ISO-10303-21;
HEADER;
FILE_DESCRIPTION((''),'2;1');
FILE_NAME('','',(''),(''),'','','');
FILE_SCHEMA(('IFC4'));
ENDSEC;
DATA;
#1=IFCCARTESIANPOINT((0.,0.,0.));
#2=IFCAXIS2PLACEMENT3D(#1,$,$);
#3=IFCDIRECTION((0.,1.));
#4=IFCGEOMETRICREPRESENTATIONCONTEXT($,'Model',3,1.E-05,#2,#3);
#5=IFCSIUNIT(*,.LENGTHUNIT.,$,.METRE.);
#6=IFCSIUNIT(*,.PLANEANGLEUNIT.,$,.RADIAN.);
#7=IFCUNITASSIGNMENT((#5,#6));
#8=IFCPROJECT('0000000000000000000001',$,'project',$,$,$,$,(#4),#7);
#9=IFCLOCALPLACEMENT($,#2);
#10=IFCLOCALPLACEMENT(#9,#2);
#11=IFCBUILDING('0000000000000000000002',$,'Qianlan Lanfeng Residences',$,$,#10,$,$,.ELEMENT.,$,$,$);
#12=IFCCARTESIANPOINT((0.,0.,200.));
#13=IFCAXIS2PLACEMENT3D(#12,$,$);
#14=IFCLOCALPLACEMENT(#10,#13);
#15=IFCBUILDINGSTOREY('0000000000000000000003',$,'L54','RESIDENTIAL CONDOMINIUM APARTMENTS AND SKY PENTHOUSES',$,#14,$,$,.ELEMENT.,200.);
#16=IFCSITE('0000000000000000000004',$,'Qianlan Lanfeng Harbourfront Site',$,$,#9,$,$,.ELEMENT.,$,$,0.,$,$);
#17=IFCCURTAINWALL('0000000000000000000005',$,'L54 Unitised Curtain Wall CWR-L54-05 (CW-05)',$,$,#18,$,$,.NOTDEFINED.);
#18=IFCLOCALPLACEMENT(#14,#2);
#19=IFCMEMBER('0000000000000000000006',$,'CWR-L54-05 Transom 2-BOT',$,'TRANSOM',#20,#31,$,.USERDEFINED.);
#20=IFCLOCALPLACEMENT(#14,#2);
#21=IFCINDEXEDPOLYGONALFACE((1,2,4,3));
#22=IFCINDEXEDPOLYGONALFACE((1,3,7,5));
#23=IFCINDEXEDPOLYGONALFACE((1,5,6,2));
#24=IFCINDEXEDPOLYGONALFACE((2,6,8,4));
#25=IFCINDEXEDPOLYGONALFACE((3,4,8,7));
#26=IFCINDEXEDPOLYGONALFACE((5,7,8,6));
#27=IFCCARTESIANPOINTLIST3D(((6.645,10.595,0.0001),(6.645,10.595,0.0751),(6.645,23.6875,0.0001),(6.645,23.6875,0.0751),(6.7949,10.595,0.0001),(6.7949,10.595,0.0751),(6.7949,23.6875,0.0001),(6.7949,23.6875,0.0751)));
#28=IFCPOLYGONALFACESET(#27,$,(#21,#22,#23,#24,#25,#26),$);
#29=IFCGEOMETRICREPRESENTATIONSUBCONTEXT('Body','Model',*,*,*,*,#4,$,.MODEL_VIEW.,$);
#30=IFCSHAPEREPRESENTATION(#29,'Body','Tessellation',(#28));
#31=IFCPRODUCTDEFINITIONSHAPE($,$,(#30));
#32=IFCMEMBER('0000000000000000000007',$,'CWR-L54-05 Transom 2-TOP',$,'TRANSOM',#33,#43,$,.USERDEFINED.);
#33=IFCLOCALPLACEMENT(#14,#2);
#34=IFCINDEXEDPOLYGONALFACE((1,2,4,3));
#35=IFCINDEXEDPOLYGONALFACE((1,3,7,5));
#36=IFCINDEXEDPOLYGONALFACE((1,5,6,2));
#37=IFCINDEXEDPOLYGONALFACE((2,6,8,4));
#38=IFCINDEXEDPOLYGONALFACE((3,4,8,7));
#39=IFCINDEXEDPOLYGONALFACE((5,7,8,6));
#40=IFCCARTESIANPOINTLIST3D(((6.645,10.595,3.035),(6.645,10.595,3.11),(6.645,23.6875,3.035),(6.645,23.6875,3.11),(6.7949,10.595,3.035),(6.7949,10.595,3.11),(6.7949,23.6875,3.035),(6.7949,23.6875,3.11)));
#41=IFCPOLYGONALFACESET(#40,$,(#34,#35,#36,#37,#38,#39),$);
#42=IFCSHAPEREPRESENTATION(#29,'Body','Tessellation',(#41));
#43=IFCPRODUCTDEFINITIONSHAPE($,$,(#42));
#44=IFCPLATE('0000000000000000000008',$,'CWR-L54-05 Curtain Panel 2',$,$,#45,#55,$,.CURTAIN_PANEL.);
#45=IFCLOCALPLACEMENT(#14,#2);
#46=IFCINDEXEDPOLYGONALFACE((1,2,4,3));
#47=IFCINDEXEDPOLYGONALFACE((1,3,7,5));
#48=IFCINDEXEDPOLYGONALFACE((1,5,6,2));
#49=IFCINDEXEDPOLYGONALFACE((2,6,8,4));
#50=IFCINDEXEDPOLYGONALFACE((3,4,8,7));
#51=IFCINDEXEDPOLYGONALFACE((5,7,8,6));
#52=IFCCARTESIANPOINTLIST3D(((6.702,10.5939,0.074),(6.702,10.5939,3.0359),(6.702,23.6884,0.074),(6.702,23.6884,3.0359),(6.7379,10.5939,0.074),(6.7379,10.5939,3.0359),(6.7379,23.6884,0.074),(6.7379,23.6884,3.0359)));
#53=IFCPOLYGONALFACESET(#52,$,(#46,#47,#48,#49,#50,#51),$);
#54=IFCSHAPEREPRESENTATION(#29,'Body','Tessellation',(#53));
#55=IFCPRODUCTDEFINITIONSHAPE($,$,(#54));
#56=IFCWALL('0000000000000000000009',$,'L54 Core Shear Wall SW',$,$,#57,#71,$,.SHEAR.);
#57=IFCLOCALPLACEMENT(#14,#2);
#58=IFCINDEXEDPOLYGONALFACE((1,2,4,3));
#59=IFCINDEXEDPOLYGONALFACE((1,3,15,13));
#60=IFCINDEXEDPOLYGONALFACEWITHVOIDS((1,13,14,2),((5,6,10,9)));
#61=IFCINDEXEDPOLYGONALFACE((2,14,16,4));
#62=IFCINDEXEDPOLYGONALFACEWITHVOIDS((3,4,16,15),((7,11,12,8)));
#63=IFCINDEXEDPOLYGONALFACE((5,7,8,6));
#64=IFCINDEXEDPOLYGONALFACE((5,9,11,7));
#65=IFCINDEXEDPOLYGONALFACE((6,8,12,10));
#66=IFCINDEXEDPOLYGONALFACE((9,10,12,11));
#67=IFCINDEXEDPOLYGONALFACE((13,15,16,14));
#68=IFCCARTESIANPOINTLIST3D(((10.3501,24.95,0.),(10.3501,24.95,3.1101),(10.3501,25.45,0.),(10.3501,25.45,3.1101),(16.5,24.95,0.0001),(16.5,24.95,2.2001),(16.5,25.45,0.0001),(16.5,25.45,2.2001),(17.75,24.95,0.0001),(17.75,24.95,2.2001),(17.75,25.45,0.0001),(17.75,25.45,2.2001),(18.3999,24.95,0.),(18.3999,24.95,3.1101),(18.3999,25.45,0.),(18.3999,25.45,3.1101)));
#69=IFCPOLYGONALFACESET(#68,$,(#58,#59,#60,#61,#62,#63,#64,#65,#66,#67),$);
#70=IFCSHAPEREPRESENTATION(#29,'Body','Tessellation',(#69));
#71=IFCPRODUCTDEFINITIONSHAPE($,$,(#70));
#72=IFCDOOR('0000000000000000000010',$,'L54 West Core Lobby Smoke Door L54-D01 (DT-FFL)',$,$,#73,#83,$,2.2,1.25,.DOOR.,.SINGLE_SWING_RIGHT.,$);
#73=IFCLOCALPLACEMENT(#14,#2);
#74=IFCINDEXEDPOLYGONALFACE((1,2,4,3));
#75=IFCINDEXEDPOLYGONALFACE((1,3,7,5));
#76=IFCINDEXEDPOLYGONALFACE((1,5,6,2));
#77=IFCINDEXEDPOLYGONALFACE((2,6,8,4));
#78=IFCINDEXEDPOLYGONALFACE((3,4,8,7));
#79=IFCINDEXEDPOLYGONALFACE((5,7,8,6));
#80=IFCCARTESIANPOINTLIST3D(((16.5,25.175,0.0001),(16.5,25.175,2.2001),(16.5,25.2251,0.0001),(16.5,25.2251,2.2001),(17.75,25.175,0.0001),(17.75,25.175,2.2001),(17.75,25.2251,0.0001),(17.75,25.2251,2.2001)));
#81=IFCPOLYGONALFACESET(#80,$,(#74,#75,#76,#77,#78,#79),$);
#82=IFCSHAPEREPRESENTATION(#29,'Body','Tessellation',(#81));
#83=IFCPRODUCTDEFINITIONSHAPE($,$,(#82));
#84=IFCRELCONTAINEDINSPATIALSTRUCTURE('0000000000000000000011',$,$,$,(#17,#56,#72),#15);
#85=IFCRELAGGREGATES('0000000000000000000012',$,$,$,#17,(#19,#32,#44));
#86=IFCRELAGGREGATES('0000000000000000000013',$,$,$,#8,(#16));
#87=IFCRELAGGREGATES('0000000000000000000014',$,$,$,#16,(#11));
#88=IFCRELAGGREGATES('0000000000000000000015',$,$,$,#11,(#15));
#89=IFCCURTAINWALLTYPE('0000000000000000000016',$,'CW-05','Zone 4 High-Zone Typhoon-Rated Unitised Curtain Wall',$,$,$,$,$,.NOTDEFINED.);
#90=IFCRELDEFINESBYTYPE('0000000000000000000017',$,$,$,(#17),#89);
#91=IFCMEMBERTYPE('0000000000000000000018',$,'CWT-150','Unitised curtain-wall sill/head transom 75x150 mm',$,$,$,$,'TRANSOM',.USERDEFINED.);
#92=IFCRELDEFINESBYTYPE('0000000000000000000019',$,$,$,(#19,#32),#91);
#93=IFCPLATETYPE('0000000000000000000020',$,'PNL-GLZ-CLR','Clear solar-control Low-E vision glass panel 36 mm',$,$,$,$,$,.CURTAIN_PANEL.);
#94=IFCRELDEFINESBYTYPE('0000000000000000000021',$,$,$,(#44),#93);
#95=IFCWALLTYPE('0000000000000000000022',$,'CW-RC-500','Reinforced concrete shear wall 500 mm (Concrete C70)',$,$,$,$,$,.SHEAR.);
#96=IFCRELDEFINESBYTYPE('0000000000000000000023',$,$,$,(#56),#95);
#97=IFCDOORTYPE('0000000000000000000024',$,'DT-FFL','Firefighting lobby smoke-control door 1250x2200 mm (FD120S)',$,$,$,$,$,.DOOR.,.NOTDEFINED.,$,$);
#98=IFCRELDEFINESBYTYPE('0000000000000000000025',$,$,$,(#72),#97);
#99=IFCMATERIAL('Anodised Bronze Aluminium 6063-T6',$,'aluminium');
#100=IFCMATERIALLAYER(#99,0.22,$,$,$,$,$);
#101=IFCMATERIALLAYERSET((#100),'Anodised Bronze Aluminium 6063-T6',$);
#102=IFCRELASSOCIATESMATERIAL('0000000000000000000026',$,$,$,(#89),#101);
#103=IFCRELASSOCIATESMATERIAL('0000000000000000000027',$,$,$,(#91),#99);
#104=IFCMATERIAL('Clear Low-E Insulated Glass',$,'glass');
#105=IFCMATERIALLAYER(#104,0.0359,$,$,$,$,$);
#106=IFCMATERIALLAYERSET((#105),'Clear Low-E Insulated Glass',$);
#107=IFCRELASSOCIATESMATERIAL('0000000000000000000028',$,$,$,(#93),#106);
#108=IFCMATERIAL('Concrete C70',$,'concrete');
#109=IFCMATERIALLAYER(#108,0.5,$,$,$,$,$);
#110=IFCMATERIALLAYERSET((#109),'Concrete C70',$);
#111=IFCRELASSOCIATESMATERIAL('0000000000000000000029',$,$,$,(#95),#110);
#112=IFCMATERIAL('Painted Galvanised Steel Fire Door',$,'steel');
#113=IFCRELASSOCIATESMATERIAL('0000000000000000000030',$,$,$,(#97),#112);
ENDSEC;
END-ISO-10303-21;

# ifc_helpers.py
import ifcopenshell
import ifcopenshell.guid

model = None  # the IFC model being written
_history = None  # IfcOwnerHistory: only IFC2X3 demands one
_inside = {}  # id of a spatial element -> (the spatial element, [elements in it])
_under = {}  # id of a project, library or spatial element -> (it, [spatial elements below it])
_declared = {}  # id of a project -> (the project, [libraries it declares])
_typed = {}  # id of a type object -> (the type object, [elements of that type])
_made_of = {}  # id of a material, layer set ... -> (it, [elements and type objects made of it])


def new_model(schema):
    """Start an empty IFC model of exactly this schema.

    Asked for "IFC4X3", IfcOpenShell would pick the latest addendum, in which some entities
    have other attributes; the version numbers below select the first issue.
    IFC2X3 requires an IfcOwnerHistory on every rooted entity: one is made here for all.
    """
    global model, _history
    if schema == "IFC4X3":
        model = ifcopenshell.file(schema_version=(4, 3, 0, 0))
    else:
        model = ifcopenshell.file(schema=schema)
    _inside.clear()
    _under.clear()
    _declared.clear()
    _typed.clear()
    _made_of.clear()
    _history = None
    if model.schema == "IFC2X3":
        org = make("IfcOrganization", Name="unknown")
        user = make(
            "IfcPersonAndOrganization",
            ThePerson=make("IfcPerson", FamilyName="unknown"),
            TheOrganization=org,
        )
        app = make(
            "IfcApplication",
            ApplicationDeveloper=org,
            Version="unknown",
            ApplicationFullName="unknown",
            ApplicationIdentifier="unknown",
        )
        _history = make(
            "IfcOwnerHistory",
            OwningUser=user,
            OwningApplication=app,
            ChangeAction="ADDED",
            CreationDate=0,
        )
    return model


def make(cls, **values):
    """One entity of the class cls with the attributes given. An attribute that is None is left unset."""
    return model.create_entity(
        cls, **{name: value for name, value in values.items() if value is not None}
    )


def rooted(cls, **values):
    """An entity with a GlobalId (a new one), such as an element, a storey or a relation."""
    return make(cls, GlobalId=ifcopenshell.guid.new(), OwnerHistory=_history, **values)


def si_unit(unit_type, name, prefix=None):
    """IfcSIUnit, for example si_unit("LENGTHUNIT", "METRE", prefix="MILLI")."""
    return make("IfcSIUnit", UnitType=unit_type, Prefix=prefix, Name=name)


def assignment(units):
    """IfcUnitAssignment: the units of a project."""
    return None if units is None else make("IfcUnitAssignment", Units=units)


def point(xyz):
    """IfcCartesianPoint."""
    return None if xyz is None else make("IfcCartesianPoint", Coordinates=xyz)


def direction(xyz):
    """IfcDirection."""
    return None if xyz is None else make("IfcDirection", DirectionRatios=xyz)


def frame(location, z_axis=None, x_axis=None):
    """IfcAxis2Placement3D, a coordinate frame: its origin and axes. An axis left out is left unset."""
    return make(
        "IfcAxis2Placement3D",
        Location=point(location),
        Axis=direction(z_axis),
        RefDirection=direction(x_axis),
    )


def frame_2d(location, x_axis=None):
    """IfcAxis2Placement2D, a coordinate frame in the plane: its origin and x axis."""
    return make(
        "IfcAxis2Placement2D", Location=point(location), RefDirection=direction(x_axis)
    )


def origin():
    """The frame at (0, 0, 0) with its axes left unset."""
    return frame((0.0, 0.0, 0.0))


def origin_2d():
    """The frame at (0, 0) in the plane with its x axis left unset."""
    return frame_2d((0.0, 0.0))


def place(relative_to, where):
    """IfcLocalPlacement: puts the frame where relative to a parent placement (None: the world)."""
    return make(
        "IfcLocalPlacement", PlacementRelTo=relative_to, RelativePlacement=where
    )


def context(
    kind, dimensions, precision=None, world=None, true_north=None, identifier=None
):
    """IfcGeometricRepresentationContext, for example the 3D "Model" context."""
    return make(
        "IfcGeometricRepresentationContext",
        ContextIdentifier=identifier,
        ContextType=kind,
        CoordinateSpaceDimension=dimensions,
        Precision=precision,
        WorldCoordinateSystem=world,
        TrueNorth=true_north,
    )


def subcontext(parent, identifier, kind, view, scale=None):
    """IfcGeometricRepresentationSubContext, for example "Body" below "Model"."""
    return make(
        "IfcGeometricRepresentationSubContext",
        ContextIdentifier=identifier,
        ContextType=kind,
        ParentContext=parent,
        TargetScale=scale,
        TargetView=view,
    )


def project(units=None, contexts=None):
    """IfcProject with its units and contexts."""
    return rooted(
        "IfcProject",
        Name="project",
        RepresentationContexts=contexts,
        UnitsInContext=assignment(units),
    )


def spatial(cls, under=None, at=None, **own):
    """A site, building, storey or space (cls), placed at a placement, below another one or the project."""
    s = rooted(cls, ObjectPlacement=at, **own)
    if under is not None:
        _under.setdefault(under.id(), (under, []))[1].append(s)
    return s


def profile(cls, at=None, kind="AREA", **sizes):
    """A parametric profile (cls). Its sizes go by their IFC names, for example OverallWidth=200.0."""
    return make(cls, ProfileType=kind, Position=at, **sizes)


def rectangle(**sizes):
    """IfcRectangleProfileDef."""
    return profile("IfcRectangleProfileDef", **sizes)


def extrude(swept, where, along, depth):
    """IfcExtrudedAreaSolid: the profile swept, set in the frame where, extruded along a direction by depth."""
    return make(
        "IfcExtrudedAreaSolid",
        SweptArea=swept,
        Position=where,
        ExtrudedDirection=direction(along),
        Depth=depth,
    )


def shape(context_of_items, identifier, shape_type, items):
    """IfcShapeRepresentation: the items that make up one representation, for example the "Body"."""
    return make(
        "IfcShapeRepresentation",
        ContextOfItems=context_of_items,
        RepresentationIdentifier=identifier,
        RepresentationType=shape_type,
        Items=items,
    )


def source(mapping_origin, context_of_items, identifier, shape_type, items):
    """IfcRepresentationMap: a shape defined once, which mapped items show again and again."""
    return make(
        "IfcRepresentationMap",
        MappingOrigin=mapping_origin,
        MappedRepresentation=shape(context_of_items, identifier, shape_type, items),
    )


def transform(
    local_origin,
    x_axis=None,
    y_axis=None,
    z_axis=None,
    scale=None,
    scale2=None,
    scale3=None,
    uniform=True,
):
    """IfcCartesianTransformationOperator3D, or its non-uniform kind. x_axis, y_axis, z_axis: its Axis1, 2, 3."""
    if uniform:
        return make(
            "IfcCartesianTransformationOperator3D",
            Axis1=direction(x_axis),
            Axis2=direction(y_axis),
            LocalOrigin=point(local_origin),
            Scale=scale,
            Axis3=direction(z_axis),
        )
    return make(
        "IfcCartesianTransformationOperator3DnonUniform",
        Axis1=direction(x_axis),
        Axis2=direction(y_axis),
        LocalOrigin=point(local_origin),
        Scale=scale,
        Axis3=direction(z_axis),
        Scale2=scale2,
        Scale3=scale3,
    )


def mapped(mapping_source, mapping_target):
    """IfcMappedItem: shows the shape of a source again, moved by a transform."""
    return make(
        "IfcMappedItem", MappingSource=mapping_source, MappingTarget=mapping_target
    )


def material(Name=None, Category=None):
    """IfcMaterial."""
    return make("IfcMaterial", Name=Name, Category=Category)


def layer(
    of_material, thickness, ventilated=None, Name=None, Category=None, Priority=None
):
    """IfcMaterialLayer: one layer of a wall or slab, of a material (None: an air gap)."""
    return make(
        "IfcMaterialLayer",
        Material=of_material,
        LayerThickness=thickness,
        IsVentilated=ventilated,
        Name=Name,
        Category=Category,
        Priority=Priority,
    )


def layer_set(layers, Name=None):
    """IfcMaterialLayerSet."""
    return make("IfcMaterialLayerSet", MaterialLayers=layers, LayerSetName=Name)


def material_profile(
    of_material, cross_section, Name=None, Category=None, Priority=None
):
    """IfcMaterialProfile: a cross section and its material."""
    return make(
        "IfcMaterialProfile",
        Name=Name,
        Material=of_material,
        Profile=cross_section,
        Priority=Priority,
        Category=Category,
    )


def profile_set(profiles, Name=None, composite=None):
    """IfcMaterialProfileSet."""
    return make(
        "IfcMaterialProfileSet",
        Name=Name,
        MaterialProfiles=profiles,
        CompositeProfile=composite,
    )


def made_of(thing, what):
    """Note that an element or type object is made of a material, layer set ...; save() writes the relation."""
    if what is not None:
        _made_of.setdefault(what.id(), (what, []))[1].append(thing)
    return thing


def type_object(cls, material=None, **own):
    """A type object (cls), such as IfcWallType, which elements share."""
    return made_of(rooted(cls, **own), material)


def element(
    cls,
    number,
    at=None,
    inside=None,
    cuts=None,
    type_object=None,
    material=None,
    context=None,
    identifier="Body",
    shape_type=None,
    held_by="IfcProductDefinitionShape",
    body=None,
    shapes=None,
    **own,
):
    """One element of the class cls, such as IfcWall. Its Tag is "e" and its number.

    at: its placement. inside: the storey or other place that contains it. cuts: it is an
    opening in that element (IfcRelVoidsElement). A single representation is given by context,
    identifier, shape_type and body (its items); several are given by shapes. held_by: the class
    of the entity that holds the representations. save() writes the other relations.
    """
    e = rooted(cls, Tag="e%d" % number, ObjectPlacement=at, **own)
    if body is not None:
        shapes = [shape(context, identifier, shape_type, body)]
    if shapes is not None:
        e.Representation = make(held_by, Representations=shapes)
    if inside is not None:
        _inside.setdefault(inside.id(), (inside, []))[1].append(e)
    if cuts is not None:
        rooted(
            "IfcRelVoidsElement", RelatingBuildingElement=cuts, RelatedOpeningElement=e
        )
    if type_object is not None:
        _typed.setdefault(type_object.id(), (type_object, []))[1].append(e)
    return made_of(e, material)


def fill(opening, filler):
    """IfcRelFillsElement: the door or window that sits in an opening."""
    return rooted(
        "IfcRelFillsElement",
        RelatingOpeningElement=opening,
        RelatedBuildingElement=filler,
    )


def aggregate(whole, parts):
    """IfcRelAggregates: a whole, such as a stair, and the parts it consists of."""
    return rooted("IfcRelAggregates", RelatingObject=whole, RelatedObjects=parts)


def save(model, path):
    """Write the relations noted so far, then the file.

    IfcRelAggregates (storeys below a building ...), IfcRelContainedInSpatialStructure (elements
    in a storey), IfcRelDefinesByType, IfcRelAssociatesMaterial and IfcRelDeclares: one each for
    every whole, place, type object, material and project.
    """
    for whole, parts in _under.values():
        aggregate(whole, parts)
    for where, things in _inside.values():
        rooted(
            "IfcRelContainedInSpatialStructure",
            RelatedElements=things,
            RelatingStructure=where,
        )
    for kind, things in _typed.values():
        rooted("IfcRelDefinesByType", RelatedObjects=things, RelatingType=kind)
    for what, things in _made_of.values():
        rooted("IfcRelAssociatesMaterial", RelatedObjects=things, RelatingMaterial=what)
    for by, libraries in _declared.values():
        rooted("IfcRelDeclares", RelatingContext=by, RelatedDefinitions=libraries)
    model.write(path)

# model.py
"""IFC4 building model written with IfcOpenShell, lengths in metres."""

from ifc_helpers import new_model, si_unit, direction, frame, frame_2d, origin, origin_2d, place, context, subcontext, project, spatial, rectangle, extrude, source, transform, mapped, material, layer, layer_set, material_profile, profile_set, type_object, element, fill, aggregate, save


model = new_model("IFC4")

# Units and contexts
model_context = context("Model", 3, precision=1e-05, world=origin(), true_north=direction((0.0, 1.0)))
body_context = subcontext(model_context, "Body", "Model", "MODEL_VIEW")
ifc_project = project(units=[si_unit("LENGTHUNIT", "METRE"), si_unit("PLANEANGLEUNIT", "RADIAN")], contexts=[model_context])

# Site, building, storey
site_placement = place(None, origin())
site = spatial("IfcSite", under=ifc_project, at=site_placement, Name="Qianlan Lanfeng Harbourfront Site", CompositionType="ELEMENT", RefElevation=0.0)
building_placement = place(site_placement, origin())
building = spatial("IfcBuilding", under=site, at=building_placement, Name="Qianlan Lanfeng Residences", CompositionType="ELEMENT")
storey_placement = place(building_placement, frame((0.0, 0.0, 200.0)))
storey = spatial("IfcBuildingStorey", under=building, at=storey_placement, Name="L54", Description="RESIDENTIAL CONDOMINIUM APARTMENTS AND SKY PENTHOUSES", CompositionType="ELEMENT", Elevation=200.0)

# Curtain wall, members, plate
ifc_material_1 = material(Name="Anodised Bronze Aluminium 6063-T6", Category="aluminium")
ifc_layer_1 = layer(ifc_material_1, 0.22)
ifc_layer_set_1 = layer_set([ifc_layer_1], Name="Anodised Bronze Aluminium 6063-T6")
curtain_wall_type = type_object("IfcCurtainWallType", Name="CW-05", Description="Zone 4 High-Zone Typhoon-Rated Unitised Curtain Wall", PredefinedType="NOTDEFINED", material=ifc_layer_set_1)
curtain_wall_placement = place(storey_placement, origin())
curtain_wall = element("IfcCurtainWall", 1, at=curtain_wall_placement, inside=storey, type_object=curtain_wall_type, Name="L54 Unitised Curtain Wall CWR-L54-05 (CW-05)", PredefinedType="NOTDEFINED")
ifc_material_profile_1 = material_profile(ifc_material_1, rectangle(XDim=0.075, YDim=0.1499, at=origin_2d()), Name="ALU TRANSOM 75x150")
ifc_profile_set_1 = profile_set([ifc_material_profile_1], Name="Anodised Bronze Aluminium 6063-T6")
member_type_1 = type_object("IfcMemberType", Name="CWT-150", Description="Unitised curtain-wall sill/head transom 75x150 mm", ElementType="TRANSOM", PredefinedType="USERDEFINED", material=ifc_profile_set_1)
shared_shape_1 = source(origin(), body_context, "Body", "SweptSolid", [
    extrude(rectangle(XDim=0.075, YDim=0.1499, at=origin_2d()), origin(), (0.0, 0.0, 1.0), 13.0925),
])
member_1_placement = place(storey_placement, frame((6.72, 23.6875, 0.0376), z_axis=(0.0, -1.0, 0.0), x_axis=(0.0, 0.0, 1.0)))
member_1 = element("IfcMember", 2, at=member_1_placement, type_object=member_type_1, Name="CWR-L54-05 Transom 2-BOT", ObjectType="TRANSOM", PredefinedType="USERDEFINED", context=body_context, shape_type="MappedRepresentation", body=[
    mapped(shared_shape_1, transform((0.0, 0.0, 0.0), scale=1.0)),
])
member_2_placement = place(storey_placement, frame((6.72, 23.6875, 3.0725), z_axis=(0.0, -1.0, 0.0), x_axis=(0.0, 0.0, 1.0)))
member_2 = element("IfcMember", 3, at=member_2_placement, type_object=member_type_1, Name="CWR-L54-05 Transom 2-TOP", ObjectType="TRANSOM", PredefinedType="USERDEFINED", context=body_context, shape_type="MappedRepresentation", body=[
    mapped(shared_shape_1, transform((0.0, 0.0, 0.0), scale=1.0)),
])
ifc_material_2 = material(Name="Clear Low-E Insulated Glass", Category="glass")
ifc_layer_2 = layer(ifc_material_2, 0.0359)
ifc_layer_set_2 = layer_set([ifc_layer_2], Name="Clear Low-E Insulated Glass")
plate_type = type_object("IfcPlateType", Name="PNL-GLZ-CLR", Description="Clear solar-control Low-E vision glass panel 36 mm", PredefinedType="CURTAIN_PANEL", material=ifc_layer_set_2)
shared_shape_2 = source(origin(), body_context, "Body", "SweptSolid", [
    extrude(rectangle(XDim=13.0945, YDim=0.0359, at=origin_2d()), origin(), (0.0, 0.0, 1.0), 2.9619),
])
plate_placement = place(storey_placement, frame((6.72, 17.1411, 0.074), z_axis=(0.0, 0.0, 1.0), x_axis=(0.0, -1.0, 0.0)))
plate = element("IfcPlate", 4, at=plate_placement, type_object=plate_type, Name="CWR-L54-05 Curtain Panel 2", PredefinedType="CURTAIN_PANEL", context=body_context, shape_type="MappedRepresentation", body=[
    mapped(shared_shape_2, transform((0.0, 0.0, 0.0), scale=1.0)),
])
aggregate(curtain_wall, [member_1, member_2, plate])

# Wall, opening, door
ifc_material_3 = material(Name="Concrete C70", Category="concrete")
ifc_layer_3 = layer(ifc_material_3, 0.5)
ifc_layer_set_3 = layer_set([ifc_layer_3], Name="Concrete C70")
wall_type_1 = type_object("IfcWallType", Name="CW-RC-500", Description="Reinforced concrete shear wall 500 mm (Concrete C70)", PredefinedType="SHEAR", material=ifc_layer_set_3)
wall_1_placement = place(storey_placement, frame((10.3501, 25.2, 0.0), z_axis=(0.0, 0.0, 1.0), x_axis=(1.0, 0.0, 0.0)))
wall_1 = element("IfcWall", 5, at=wall_1_placement, inside=storey, type_object=wall_type_1, Name="L54 Core Shear Wall SW", PredefinedType="SHEAR", context=body_context, shape_type="SweptSolid", body=[
    extrude(rectangle(XDim=8.0498, YDim=0.5, at=frame_2d((4.0249, 0.0))), origin(), (0.0, 0.0, 1.0), 3.1101),
])
opening_1_placement = place(wall_1_placement, frame((6.1499, 0.0, 0.0)))
opening_1 = element("IfcOpeningElement", 6, at=opening_1_placement, cuts=wall_1, PredefinedType="OPENING", context=body_context, shape_type="SweptSolid", body=[
    extrude(rectangle(XDim=1.25, YDim=2.2, at=frame_2d((0.625, 1.1001))), frame((0.0, 0.26, 0.0), z_axis=(0.0, -1.0, 0.0), x_axis=(1.0, 0.0, 0.0)), (0.0, 0.0, 1.0), 0.52),
])
ifc_material_4 = material(Name="Painted Galvanised Steel Fire Door", Category="steel")
door_type_1 = type_object("IfcDoorType", Name="DT-FFL", Description="Firefighting lobby smoke-control door 1250x2200 mm (FD120S)", OperationType="NOTDEFINED", PredefinedType="DOOR", material=ifc_material_4)
door_1_placement = place(opening_1_placement, frame((1.25, 0.0, 0.0), z_axis=(0.0, 0.0, 1.0), x_axis=(-1.0, 0.0, 0.0)))
door_1 = element("IfcDoor", 7, at=door_1_placement, inside=storey, type_object=door_type_1, Name="L54 West Core Lobby Smoke Door L54-D01 (DT-FFL)", OperationType="SINGLE_SWING_RIGHT", OverallHeight=2.2, OverallWidth=1.25, PredefinedType="DOOR", context=body_context, shape_type="SweptSolid", body=[
    extrude(rectangle(XDim=1.25, YDim=2.2, at=frame_2d((0.625, 1.1001))), frame((0.0, 0.0249, 0.0), z_axis=(0.0, -1.0, 0.0), x_axis=(1.0, 0.0, 0.0)), (0.0, 0.0, 1.0), 0.05),
])
fill(opening_1, door_1)

save(model, "model.ifc")
